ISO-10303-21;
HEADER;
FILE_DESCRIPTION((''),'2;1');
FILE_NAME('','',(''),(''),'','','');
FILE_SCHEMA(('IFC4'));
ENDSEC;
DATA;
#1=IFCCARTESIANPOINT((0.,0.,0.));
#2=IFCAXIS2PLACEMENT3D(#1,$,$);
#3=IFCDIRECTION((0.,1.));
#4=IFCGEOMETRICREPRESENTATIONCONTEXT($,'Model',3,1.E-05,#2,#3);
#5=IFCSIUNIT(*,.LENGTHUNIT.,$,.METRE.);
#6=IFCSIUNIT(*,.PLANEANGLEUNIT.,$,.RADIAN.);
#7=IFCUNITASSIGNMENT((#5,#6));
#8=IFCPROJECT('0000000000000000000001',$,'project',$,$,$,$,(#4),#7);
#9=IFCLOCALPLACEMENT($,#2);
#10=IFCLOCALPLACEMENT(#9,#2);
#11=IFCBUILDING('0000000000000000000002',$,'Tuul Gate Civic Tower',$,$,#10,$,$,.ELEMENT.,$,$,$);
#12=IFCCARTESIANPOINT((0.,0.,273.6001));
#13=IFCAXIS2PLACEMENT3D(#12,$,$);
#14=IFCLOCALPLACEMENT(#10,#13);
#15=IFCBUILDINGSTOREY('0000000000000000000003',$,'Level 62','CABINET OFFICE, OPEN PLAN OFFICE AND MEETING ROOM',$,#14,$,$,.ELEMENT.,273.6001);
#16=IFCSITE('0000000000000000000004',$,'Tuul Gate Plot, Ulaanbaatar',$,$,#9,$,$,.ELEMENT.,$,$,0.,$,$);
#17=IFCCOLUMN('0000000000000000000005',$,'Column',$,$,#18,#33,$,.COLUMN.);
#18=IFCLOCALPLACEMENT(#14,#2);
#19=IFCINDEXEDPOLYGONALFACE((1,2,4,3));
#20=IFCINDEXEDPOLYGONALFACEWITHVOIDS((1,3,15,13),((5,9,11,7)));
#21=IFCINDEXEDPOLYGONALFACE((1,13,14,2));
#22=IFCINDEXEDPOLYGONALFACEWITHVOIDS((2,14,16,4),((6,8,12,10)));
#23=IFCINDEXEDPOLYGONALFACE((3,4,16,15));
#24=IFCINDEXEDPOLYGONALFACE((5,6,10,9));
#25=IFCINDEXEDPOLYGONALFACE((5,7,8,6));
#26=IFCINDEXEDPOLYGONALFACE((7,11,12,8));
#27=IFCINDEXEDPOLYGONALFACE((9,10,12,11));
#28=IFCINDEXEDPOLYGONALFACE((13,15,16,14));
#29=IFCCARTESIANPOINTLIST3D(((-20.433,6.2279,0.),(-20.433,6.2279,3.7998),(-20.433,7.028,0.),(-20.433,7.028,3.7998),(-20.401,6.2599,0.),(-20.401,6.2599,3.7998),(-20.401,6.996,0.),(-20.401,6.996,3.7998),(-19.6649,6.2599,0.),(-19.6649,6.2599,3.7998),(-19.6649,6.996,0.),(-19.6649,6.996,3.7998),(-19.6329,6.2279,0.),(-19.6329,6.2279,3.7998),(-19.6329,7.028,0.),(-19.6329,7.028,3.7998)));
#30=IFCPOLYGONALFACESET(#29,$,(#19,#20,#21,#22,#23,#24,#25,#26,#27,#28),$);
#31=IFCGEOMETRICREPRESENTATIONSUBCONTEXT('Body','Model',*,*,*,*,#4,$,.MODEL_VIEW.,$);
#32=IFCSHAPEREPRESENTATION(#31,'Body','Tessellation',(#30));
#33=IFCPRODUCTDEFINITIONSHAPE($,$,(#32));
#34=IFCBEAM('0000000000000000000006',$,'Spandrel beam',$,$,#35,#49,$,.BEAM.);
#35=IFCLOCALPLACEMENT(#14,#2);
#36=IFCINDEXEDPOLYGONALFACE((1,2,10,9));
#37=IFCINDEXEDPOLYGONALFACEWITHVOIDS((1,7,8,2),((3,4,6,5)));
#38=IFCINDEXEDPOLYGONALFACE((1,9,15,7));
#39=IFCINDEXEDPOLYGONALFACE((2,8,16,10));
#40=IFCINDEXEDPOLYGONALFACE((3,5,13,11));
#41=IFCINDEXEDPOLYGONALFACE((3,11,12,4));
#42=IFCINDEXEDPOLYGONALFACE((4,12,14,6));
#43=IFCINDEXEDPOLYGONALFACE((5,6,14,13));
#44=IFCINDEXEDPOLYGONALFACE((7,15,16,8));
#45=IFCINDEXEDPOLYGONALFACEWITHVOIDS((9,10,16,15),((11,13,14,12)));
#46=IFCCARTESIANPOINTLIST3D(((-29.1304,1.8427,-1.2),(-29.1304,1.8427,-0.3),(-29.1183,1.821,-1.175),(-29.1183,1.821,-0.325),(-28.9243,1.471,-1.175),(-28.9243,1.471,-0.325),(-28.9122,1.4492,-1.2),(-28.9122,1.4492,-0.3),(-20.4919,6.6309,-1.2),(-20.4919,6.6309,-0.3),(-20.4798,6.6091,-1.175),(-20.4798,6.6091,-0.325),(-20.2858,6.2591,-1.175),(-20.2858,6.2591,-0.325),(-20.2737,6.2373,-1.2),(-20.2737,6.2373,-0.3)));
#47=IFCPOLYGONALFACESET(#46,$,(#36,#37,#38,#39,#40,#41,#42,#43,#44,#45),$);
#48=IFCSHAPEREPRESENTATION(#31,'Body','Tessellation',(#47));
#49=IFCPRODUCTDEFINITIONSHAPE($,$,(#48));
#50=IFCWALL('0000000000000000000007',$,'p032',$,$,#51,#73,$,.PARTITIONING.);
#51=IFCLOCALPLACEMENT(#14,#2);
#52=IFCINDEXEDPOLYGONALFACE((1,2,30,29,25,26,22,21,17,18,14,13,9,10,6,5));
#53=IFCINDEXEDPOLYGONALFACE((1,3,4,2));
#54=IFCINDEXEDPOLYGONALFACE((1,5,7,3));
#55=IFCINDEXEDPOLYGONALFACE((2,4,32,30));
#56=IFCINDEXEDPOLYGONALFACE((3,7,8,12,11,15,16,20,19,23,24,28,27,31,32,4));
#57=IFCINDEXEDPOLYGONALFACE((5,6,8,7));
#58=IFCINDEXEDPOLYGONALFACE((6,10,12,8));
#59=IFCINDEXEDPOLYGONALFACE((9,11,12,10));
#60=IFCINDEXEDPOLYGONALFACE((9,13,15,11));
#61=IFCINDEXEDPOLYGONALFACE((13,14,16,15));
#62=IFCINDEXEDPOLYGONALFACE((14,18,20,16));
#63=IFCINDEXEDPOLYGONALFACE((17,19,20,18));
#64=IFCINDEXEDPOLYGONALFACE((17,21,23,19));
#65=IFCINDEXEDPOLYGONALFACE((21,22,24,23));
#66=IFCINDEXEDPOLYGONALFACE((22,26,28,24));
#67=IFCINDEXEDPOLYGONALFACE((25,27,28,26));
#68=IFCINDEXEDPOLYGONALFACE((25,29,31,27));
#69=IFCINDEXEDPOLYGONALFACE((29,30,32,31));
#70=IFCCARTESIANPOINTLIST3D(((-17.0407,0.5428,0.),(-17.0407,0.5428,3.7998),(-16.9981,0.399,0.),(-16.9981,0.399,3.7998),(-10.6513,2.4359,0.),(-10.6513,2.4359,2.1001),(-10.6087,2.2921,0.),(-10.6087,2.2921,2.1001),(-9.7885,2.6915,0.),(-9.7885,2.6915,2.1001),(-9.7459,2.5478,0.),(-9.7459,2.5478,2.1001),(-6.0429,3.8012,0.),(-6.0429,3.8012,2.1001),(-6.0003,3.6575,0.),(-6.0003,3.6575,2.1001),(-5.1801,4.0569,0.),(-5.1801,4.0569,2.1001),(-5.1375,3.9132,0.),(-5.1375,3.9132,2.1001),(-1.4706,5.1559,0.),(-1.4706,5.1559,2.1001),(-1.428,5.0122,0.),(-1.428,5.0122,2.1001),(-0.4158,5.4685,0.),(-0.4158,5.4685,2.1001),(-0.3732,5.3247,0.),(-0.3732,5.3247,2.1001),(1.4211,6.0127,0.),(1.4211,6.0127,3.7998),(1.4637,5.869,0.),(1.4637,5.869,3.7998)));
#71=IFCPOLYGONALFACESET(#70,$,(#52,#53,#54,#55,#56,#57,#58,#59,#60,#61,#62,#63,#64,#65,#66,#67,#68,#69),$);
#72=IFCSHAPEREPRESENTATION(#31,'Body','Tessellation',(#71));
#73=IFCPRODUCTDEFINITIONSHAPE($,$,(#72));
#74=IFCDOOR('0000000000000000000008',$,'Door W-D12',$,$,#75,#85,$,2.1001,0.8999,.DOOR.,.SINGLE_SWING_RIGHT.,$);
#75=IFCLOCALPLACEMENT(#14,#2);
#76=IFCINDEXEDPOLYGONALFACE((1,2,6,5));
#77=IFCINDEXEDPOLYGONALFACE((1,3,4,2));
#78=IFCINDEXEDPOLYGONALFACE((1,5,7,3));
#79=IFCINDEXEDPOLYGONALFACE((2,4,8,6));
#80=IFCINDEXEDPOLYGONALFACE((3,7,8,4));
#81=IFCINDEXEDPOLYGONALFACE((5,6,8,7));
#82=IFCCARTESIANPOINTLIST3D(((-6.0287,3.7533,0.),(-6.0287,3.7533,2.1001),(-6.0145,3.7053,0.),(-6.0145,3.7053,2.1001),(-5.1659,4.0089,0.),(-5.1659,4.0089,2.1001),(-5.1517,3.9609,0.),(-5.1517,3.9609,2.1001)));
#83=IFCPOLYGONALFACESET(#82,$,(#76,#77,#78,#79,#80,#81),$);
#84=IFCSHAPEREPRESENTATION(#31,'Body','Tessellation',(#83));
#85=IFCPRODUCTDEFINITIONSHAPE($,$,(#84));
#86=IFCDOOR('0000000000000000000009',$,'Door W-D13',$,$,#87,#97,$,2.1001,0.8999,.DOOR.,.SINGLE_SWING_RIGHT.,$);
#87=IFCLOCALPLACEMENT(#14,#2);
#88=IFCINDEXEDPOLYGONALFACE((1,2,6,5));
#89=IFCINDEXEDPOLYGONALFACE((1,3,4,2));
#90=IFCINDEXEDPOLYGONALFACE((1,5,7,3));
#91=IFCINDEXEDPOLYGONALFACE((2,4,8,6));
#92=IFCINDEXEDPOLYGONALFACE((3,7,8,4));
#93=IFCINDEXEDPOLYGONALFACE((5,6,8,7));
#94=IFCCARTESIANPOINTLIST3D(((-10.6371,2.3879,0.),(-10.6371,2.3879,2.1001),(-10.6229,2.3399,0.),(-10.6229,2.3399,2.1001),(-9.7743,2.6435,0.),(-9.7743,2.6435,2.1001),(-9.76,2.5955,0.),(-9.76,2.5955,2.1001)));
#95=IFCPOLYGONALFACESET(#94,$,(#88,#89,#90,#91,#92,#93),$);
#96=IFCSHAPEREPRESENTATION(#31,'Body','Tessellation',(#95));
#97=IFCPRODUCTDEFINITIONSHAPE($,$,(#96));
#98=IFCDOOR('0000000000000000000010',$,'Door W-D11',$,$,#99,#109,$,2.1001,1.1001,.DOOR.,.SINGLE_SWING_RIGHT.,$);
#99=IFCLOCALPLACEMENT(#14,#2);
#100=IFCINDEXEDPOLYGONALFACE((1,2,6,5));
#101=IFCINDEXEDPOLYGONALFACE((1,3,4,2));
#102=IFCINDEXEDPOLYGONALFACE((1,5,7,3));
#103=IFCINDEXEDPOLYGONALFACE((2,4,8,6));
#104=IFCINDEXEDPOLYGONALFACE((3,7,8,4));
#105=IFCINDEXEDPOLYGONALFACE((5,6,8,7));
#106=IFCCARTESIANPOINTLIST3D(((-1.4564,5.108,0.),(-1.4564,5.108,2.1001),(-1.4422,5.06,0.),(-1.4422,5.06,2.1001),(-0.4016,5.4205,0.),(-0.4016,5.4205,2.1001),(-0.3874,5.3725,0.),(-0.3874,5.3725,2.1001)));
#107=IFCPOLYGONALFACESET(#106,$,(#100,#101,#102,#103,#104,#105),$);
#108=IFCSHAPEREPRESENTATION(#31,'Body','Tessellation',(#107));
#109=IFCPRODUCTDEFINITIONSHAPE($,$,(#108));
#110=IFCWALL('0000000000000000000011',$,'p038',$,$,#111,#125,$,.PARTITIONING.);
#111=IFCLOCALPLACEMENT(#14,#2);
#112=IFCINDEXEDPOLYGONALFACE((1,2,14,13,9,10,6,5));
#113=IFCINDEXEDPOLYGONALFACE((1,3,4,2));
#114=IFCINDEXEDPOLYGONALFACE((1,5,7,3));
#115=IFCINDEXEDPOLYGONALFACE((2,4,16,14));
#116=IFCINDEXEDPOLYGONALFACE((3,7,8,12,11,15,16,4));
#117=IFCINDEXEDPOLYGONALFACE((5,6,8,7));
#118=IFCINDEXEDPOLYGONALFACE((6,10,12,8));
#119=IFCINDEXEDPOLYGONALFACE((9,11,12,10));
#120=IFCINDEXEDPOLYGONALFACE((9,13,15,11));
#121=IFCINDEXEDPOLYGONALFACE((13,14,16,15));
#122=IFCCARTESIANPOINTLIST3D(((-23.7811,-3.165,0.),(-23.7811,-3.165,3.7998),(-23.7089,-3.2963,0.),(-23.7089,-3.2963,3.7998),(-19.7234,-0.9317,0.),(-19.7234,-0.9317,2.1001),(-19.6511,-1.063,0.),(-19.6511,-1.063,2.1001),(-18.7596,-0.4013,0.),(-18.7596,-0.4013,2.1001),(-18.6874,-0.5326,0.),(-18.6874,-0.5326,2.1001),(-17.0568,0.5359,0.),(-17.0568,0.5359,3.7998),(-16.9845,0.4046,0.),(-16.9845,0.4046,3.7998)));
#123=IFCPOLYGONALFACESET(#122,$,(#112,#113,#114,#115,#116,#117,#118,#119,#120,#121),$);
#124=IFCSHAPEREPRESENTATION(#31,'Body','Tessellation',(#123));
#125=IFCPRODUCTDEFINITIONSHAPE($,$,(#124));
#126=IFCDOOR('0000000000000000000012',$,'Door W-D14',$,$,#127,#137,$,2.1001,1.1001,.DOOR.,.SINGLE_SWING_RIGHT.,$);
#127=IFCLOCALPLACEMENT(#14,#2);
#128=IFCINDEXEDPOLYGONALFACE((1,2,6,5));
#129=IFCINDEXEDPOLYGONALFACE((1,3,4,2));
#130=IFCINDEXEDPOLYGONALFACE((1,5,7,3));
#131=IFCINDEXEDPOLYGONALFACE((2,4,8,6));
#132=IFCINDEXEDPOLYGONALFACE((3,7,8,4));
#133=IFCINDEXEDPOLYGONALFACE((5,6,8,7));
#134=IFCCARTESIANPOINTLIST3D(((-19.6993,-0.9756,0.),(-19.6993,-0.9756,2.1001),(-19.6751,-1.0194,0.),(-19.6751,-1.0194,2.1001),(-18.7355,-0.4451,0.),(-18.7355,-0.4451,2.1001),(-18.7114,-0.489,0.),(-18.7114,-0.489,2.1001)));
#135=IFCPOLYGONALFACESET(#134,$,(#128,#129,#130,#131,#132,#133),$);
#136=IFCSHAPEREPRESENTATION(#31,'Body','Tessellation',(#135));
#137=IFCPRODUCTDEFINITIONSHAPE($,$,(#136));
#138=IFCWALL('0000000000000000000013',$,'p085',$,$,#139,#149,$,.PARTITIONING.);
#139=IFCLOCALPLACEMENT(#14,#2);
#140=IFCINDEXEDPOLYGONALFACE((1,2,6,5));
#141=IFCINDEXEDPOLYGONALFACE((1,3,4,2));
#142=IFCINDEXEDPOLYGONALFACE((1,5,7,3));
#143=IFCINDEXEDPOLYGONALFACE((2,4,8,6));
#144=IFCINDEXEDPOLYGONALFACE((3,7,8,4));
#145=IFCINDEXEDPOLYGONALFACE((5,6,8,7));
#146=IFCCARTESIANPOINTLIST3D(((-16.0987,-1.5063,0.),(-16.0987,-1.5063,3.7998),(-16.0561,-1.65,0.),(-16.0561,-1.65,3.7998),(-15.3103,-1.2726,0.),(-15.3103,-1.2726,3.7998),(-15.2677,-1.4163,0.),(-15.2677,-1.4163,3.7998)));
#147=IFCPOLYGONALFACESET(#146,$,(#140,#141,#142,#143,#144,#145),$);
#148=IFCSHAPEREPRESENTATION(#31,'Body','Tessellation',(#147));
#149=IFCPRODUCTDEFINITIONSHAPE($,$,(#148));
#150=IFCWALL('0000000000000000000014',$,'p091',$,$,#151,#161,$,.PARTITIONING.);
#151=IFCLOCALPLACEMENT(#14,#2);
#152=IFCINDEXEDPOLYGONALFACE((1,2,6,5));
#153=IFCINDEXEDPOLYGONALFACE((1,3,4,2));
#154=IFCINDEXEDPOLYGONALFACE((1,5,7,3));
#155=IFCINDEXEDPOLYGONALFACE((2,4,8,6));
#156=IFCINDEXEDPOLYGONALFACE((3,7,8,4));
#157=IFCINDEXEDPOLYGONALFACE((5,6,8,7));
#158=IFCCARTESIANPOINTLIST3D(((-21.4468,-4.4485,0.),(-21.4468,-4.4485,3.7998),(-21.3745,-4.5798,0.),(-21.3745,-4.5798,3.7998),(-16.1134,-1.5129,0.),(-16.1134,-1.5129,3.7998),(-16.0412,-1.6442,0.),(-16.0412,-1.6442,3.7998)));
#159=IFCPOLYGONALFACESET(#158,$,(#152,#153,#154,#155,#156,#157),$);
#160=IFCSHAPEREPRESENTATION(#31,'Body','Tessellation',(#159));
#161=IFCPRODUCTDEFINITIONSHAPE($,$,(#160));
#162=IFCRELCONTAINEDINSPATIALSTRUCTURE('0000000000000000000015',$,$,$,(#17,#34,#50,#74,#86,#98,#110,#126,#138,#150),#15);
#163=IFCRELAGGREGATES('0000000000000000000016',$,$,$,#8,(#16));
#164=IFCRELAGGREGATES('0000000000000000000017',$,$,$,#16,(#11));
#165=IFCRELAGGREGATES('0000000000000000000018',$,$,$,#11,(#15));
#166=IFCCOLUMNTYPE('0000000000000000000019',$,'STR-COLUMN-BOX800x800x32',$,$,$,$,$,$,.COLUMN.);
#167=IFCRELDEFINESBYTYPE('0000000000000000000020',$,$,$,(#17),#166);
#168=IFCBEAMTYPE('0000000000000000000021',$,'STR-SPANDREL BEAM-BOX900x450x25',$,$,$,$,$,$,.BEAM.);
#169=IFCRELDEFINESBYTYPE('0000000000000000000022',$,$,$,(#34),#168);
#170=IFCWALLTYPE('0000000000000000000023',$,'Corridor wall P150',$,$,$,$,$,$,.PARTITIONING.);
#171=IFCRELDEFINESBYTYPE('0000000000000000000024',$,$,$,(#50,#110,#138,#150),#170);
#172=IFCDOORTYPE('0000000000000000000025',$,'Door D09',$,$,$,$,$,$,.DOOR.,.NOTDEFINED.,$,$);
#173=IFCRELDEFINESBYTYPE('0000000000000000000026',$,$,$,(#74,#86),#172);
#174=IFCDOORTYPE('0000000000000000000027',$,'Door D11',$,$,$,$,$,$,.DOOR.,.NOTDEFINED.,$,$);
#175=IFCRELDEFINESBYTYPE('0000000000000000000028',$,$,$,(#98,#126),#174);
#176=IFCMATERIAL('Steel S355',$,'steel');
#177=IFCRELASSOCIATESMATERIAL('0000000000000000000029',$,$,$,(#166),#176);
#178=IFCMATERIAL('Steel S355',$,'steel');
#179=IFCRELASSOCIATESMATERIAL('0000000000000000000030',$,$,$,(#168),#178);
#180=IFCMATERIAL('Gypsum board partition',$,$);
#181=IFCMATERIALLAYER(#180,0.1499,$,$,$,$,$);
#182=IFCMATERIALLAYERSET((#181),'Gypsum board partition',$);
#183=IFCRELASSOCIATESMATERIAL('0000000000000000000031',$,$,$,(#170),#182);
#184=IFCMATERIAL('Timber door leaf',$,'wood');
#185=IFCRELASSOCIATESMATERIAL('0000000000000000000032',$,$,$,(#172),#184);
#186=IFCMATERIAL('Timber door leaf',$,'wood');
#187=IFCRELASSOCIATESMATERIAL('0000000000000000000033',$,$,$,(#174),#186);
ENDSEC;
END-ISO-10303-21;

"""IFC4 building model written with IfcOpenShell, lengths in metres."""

from ifc_helpers import new_model, si_unit, direction, frame, frame_2d, origin, origin_2d, place, context, subcontext, project, spatial, rectangle, hollow_rectangle, extrude, material, layer, layer_set, material_profile, profile_set, type_object, element, fill, save


model = new_model("IFC4")

# Units and contexts
model_context = context("Model", 3, precision=1e-05, world=origin(), true_north=direction((0.0, 1.0)))
body_context = subcontext(model_context, "Body", "Model", "MODEL_VIEW")
ifc_project = project(units=[si_unit("LENGTHUNIT", "METRE"), si_unit("PLANEANGLEUNIT", "RADIAN")], contexts=[model_context])

# Site, building, storey
site_placement = place(None, origin())
site = spatial("IfcSite", under=ifc_project, at=site_placement, Name="Tuul Gate Plot, Ulaanbaatar", CompositionType="ELEMENT", RefElevation=0.0)
building_placement = place(site_placement, origin())
building = spatial("IfcBuilding", under=site, at=building_placement, Name="Tuul Gate Civic Tower", CompositionType="ELEMENT")
storey_placement = place(building_placement, frame((0.0, 0.0, 273.6001)))
storey = spatial("IfcBuildingStorey", under=building, at=storey_placement, Name="Level 62", Description="CABINET OFFICE, OPEN PLAN OFFICE AND MEETING ROOM", CompositionType="ELEMENT", Elevation=273.6001)

# Column
ifc_material_1 = material(Name="Steel S355", Category="steel")
ifc_material_profile_1 = material_profile(ifc_material_1, hollow_rectangle(XDim=0.8, YDim=0.8, WallThickness=0.032, at=origin_2d()), Name="BOX800x800x32")
ifc_profile_set_1 = profile_set([ifc_material_profile_1], Name="Steel S355")
column_type = type_object("IfcColumnType", Name="STR-COLUMN-BOX800x800x32", PredefinedType="COLUMN", material=ifc_profile_set_1)
column_placement = place(storey_placement, frame((-20.033, 6.6279, 0.0), z_axis=(0.0, 0.0, 1.0), x_axis=(1.0, 0.0, 0.0)))
element("IfcColumn", 1, at=column_placement, inside=storey, type_object=column_type, Name="Column", PredefinedType="COLUMN", context=body_context, shape_type="SweptSolid", body=[
    extrude(hollow_rectangle(XDim=0.8, YDim=0.8, WallThickness=0.032, at=origin_2d()), origin(), (0.0, 0.0, 1.0), 3.7998),
])

# Beam
ifc_material_2 = material(Name="Steel S355", Category="steel")
ifc_material_profile_2 = material_profile(ifc_material_2, hollow_rectangle(XDim=0.45, YDim=0.8999, WallThickness=0.0249, at=origin_2d()), Name="BOX900x450x25")
ifc_profile_set_2 = profile_set([ifc_material_profile_2], Name="Steel S355")
beam_type = type_object("IfcBeamType", Name="STR-SPANDREL BEAM-BOX900x450x25", PredefinedType="BEAM", material=ifc_profile_set_2)
beam_placement = place(storey_placement, frame((-20.3828, 6.4341, -0.75), z_axis=(-0.874631, -0.484788, 0.0), x_axis=(0.484788, -0.874631, 0.0)))
element("IfcBeam", 2, at=beam_placement, inside=storey, type_object=beam_type, Name="Spandrel beam", PredefinedType="BEAM", context=body_context, shape_type="SweptSolid", body=[
    extrude(hollow_rectangle(XDim=0.45, YDim=0.8999, WallThickness=0.0249, at=origin_2d()), origin(), (0.0, 0.0, 1.0), 9.8767),
])

# Wall, openings, doors
ifc_material_3 = material(Name="Gypsum board partition")
ifc_layer_1 = layer(ifc_material_3, 0.1499)
ifc_layer_set_1 = layer_set([ifc_layer_1], Name="Gypsum board partition")
wall_type_1 = type_object("IfcWallType", Name="Corridor wall P150", PredefinedType="PARTITIONING", material=ifc_layer_set_1)
wall_1_placement = place(storey_placement, frame((-17.0193, 0.4709, 0.0), z_axis=(0.0, 0.0, 1.0), x_axis=(0.958801, 0.284078, 0.0)))
wall_1 = element("IfcWall", 3, at=wall_1_placement, inside=storey, type_object=wall_type_1, Name="p032", PredefinedType="PARTITIONING", context=body_context, shape_type="SweptSolid", body=[
    extrude(rectangle(XDim=19.2551, YDim=0.1499, at=frame_2d((9.6274, 0.0))), origin(), (0.0, 0.0, 1.0), 3.7998),
])
opening_1_placement = place(wall_1_placement, frame((16.239, 0.0, 0.0)))
opening_1 = element("IfcOpeningElement", 4, at=opening_1_placement, cuts=wall_1, PredefinedType="OPENING", context=body_context, shape_type="SweptSolid", body=[
    extrude(rectangle(XDim=1.1001, YDim=2.1001, at=frame_2d((0.55, 1.05))), frame((0.0, 0.085, 0.0), z_axis=(0.0, -1.0, 0.0), x_axis=(1.0, 0.0, 0.0)), (0.0, 0.0, 1.0), 0.1699),
])
opening_2_placement = place(wall_1_placement, frame((11.4702, 0.0, 0.0)))
opening_2 = element("IfcOpeningElement", 5, at=opening_2_placement, cuts=wall_1, PredefinedType="OPENING", context=body_context, shape_type="SweptSolid", body=[
    extrude(rectangle(XDim=0.8999, YDim=2.1001, at=frame_2d((0.45, 1.05))), frame((0.0, 0.085, 0.0), z_axis=(0.0, -1.0, 0.0), x_axis=(1.0, 0.0, 0.0)), (0.0, 0.0, 1.0), 0.1699),
])
opening_3_placement = place(wall_1_placement, frame((6.6638, 0.0, 0.0)))
opening_3 = element("IfcOpeningElement", 6, at=opening_3_placement, cuts=wall_1, PredefinedType="OPENING", context=body_context, shape_type="SweptSolid", body=[
    extrude(rectangle(XDim=0.8999, YDim=2.1001, at=frame_2d((0.45, 1.05))), frame((0.0, 0.085, 0.0), z_axis=(0.0, -1.0, 0.0), x_axis=(1.0, 0.0, 0.0)), (0.0, 0.0, 1.0), 0.1699),
])
ifc_material_4 = material(Name="Timber door leaf", Category="wood")
door_type_1 = type_object("IfcDoorType", Name="Door D09", OperationType="NOTDEFINED", PredefinedType="DOOR", material=ifc_material_4)
door_1_placement = place(opening_2_placement, origin())
door_1 = element("IfcDoor", 7, at=door_1_placement, inside=storey, type_object=door_type_1, Name="Door W-D12", OperationType="SINGLE_SWING_RIGHT", OverallHeight=2.1001, OverallWidth=0.8999, PredefinedType="DOOR", context=body_context, shape_type="SweptSolid", body=[
    extrude(rectangle(XDim=0.8999, YDim=2.1001, at=frame_2d((0.45, 1.05))), frame((0.0, 0.0249, 0.0), z_axis=(0.0, -1.0, 0.0), x_axis=(1.0, 0.0, 0.0)), (0.0, 0.0, 1.0), 0.05),
])
fill(opening_2, door_1)
door_2_placement = place(opening_3_placement, origin())
door_2 = element("IfcDoor", 8, at=door_2_placement, inside=storey, type_object=door_type_1, Name="Door W-D13", OperationType="SINGLE_SWING_RIGHT", OverallHeight=2.1001, OverallWidth=0.8999, PredefinedType="DOOR", context=body_context, shape_type="SweptSolid", body=[
    extrude(rectangle(XDim=0.8999, YDim=2.1001, at=frame_2d((0.45, 1.05))), frame((0.0, 0.0249, 0.0), z_axis=(0.0, -1.0, 0.0), x_axis=(1.0, 0.0, 0.0)), (0.0, 0.0, 1.0), 0.05),
])
fill(opening_3, door_2)
ifc_material_5 = material(Name="Timber door leaf", Category="wood")
door_type_2 = type_object("IfcDoorType", Name="Door D11", OperationType="NOTDEFINED", PredefinedType="DOOR", material=ifc_material_5)
door_3_placement = place(opening_1_placement, origin())
door_3 = element("IfcDoor", 9, at=door_3_placement, inside=storey, type_object=door_type_2, Name="Door W-D11", OperationType="SINGLE_SWING_RIGHT", OverallHeight=2.1001, OverallWidth=1.1001, PredefinedType="DOOR", context=body_context, shape_type="SweptSolid", body=[
    extrude(rectangle(XDim=1.1001, YDim=2.1001, at=frame_2d((0.55, 1.05))), frame((0.0, 0.0249, 0.0), z_axis=(0.0, -1.0, 0.0), x_axis=(1.0, 0.0, 0.0)), (0.0, 0.0, 1.0), 0.05),
])
fill(opening_1, door_3)

# Wall, opening, door
wall_2_placement = place(storey_placement, frame((-23.7451, -3.2307, 0.0), z_axis=(0.0, 0.0, 1.0), x_axis=(0.876077, 0.482171, 0.0)))
wall_2 = element("IfcWall", 10, at=wall_2_placement, inside=storey, type_object=wall_type_1, Name="p038", PredefinedType="PARTITIONING", context=body_context, shape_type="SweptSolid", body=[
    extrude(rectangle(XDim=7.6755, YDim=0.1499, at=frame_2d((3.8379, 0.0))), origin(), (0.0, 0.0, 1.0), 3.7998),
])
opening_4_placement = place(wall_2_placement, frame((4.6318, 0.0, 0.0)))
opening_4 = element("IfcOpeningElement", 11, at=opening_4_placement, cuts=wall_2, PredefinedType="OPENING", context=body_context, shape_type="SweptSolid", body=[
    extrude(rectangle(XDim=1.1001, YDim=2.1001, at=frame_2d((0.55, 1.05))), frame((0.0, 0.085, 0.0), z_axis=(0.0, -1.0, 0.0), x_axis=(1.0, 0.0, 0.0)), (0.0, 0.0, 1.0), 0.1699),
])
door_4_placement = place(opening_4_placement, origin())
door_4 = element("IfcDoor", 12, at=door_4_placement, inside=storey, type_object=door_type_2, Name="Door W-D14", OperationType="SINGLE_SWING_RIGHT", OverallHeight=2.1001, OverallWidth=1.1001, PredefinedType="DOOR", context=body_context, shape_type="SweptSolid", body=[
    extrude(rectangle(XDim=1.1001, YDim=2.1001, at=frame_2d((0.55, 1.05))), frame((0.0, 0.0249, 0.0), z_axis=(0.0, -1.0, 0.0), x_axis=(1.0, 0.0, 0.0)), (0.0, 0.0, 1.0), 0.05),
])
fill(opening_4, door_4)

# Walls
wall_3_placement = place(storey_placement, frame((-16.0774, -1.5781, 0.0), z_axis=(0.0, 0.0, 1.0), x_axis=(0.958777, 0.284159, 0.0)))
element("IfcWall", 13, at=wall_3_placement, inside=storey, type_object=wall_type_1, Name="p085", PredefinedType="PARTITIONING", context=body_context, shape_type="SweptSolid", body=[
    extrude(rectangle(XDim=0.8223, YDim=0.1499, at=frame_2d((0.4111, 0.0))), origin(), (0.0, 0.0, 1.0), 3.7998),
])
wall_4_placement = place(storey_placement, frame((-21.4106, -4.5142, 0.0), z_axis=(0.0, 0.0, 1.0), x_axis=(0.876059, 0.482204, 0.0)))
element("IfcWall", 14, at=wall_4_placement, inside=storey, type_object=wall_type_1, Name="p091", PredefinedType="PARTITIONING", context=body_context, shape_type="SweptSolid", body=[
    extrude(rectangle(XDim=6.0879, YDim=0.1499, at=frame_2d((3.0439, 0.0))), origin(), (0.0, 0.0, 1.0), 3.7998),
])

save(model, "model.ifc")
